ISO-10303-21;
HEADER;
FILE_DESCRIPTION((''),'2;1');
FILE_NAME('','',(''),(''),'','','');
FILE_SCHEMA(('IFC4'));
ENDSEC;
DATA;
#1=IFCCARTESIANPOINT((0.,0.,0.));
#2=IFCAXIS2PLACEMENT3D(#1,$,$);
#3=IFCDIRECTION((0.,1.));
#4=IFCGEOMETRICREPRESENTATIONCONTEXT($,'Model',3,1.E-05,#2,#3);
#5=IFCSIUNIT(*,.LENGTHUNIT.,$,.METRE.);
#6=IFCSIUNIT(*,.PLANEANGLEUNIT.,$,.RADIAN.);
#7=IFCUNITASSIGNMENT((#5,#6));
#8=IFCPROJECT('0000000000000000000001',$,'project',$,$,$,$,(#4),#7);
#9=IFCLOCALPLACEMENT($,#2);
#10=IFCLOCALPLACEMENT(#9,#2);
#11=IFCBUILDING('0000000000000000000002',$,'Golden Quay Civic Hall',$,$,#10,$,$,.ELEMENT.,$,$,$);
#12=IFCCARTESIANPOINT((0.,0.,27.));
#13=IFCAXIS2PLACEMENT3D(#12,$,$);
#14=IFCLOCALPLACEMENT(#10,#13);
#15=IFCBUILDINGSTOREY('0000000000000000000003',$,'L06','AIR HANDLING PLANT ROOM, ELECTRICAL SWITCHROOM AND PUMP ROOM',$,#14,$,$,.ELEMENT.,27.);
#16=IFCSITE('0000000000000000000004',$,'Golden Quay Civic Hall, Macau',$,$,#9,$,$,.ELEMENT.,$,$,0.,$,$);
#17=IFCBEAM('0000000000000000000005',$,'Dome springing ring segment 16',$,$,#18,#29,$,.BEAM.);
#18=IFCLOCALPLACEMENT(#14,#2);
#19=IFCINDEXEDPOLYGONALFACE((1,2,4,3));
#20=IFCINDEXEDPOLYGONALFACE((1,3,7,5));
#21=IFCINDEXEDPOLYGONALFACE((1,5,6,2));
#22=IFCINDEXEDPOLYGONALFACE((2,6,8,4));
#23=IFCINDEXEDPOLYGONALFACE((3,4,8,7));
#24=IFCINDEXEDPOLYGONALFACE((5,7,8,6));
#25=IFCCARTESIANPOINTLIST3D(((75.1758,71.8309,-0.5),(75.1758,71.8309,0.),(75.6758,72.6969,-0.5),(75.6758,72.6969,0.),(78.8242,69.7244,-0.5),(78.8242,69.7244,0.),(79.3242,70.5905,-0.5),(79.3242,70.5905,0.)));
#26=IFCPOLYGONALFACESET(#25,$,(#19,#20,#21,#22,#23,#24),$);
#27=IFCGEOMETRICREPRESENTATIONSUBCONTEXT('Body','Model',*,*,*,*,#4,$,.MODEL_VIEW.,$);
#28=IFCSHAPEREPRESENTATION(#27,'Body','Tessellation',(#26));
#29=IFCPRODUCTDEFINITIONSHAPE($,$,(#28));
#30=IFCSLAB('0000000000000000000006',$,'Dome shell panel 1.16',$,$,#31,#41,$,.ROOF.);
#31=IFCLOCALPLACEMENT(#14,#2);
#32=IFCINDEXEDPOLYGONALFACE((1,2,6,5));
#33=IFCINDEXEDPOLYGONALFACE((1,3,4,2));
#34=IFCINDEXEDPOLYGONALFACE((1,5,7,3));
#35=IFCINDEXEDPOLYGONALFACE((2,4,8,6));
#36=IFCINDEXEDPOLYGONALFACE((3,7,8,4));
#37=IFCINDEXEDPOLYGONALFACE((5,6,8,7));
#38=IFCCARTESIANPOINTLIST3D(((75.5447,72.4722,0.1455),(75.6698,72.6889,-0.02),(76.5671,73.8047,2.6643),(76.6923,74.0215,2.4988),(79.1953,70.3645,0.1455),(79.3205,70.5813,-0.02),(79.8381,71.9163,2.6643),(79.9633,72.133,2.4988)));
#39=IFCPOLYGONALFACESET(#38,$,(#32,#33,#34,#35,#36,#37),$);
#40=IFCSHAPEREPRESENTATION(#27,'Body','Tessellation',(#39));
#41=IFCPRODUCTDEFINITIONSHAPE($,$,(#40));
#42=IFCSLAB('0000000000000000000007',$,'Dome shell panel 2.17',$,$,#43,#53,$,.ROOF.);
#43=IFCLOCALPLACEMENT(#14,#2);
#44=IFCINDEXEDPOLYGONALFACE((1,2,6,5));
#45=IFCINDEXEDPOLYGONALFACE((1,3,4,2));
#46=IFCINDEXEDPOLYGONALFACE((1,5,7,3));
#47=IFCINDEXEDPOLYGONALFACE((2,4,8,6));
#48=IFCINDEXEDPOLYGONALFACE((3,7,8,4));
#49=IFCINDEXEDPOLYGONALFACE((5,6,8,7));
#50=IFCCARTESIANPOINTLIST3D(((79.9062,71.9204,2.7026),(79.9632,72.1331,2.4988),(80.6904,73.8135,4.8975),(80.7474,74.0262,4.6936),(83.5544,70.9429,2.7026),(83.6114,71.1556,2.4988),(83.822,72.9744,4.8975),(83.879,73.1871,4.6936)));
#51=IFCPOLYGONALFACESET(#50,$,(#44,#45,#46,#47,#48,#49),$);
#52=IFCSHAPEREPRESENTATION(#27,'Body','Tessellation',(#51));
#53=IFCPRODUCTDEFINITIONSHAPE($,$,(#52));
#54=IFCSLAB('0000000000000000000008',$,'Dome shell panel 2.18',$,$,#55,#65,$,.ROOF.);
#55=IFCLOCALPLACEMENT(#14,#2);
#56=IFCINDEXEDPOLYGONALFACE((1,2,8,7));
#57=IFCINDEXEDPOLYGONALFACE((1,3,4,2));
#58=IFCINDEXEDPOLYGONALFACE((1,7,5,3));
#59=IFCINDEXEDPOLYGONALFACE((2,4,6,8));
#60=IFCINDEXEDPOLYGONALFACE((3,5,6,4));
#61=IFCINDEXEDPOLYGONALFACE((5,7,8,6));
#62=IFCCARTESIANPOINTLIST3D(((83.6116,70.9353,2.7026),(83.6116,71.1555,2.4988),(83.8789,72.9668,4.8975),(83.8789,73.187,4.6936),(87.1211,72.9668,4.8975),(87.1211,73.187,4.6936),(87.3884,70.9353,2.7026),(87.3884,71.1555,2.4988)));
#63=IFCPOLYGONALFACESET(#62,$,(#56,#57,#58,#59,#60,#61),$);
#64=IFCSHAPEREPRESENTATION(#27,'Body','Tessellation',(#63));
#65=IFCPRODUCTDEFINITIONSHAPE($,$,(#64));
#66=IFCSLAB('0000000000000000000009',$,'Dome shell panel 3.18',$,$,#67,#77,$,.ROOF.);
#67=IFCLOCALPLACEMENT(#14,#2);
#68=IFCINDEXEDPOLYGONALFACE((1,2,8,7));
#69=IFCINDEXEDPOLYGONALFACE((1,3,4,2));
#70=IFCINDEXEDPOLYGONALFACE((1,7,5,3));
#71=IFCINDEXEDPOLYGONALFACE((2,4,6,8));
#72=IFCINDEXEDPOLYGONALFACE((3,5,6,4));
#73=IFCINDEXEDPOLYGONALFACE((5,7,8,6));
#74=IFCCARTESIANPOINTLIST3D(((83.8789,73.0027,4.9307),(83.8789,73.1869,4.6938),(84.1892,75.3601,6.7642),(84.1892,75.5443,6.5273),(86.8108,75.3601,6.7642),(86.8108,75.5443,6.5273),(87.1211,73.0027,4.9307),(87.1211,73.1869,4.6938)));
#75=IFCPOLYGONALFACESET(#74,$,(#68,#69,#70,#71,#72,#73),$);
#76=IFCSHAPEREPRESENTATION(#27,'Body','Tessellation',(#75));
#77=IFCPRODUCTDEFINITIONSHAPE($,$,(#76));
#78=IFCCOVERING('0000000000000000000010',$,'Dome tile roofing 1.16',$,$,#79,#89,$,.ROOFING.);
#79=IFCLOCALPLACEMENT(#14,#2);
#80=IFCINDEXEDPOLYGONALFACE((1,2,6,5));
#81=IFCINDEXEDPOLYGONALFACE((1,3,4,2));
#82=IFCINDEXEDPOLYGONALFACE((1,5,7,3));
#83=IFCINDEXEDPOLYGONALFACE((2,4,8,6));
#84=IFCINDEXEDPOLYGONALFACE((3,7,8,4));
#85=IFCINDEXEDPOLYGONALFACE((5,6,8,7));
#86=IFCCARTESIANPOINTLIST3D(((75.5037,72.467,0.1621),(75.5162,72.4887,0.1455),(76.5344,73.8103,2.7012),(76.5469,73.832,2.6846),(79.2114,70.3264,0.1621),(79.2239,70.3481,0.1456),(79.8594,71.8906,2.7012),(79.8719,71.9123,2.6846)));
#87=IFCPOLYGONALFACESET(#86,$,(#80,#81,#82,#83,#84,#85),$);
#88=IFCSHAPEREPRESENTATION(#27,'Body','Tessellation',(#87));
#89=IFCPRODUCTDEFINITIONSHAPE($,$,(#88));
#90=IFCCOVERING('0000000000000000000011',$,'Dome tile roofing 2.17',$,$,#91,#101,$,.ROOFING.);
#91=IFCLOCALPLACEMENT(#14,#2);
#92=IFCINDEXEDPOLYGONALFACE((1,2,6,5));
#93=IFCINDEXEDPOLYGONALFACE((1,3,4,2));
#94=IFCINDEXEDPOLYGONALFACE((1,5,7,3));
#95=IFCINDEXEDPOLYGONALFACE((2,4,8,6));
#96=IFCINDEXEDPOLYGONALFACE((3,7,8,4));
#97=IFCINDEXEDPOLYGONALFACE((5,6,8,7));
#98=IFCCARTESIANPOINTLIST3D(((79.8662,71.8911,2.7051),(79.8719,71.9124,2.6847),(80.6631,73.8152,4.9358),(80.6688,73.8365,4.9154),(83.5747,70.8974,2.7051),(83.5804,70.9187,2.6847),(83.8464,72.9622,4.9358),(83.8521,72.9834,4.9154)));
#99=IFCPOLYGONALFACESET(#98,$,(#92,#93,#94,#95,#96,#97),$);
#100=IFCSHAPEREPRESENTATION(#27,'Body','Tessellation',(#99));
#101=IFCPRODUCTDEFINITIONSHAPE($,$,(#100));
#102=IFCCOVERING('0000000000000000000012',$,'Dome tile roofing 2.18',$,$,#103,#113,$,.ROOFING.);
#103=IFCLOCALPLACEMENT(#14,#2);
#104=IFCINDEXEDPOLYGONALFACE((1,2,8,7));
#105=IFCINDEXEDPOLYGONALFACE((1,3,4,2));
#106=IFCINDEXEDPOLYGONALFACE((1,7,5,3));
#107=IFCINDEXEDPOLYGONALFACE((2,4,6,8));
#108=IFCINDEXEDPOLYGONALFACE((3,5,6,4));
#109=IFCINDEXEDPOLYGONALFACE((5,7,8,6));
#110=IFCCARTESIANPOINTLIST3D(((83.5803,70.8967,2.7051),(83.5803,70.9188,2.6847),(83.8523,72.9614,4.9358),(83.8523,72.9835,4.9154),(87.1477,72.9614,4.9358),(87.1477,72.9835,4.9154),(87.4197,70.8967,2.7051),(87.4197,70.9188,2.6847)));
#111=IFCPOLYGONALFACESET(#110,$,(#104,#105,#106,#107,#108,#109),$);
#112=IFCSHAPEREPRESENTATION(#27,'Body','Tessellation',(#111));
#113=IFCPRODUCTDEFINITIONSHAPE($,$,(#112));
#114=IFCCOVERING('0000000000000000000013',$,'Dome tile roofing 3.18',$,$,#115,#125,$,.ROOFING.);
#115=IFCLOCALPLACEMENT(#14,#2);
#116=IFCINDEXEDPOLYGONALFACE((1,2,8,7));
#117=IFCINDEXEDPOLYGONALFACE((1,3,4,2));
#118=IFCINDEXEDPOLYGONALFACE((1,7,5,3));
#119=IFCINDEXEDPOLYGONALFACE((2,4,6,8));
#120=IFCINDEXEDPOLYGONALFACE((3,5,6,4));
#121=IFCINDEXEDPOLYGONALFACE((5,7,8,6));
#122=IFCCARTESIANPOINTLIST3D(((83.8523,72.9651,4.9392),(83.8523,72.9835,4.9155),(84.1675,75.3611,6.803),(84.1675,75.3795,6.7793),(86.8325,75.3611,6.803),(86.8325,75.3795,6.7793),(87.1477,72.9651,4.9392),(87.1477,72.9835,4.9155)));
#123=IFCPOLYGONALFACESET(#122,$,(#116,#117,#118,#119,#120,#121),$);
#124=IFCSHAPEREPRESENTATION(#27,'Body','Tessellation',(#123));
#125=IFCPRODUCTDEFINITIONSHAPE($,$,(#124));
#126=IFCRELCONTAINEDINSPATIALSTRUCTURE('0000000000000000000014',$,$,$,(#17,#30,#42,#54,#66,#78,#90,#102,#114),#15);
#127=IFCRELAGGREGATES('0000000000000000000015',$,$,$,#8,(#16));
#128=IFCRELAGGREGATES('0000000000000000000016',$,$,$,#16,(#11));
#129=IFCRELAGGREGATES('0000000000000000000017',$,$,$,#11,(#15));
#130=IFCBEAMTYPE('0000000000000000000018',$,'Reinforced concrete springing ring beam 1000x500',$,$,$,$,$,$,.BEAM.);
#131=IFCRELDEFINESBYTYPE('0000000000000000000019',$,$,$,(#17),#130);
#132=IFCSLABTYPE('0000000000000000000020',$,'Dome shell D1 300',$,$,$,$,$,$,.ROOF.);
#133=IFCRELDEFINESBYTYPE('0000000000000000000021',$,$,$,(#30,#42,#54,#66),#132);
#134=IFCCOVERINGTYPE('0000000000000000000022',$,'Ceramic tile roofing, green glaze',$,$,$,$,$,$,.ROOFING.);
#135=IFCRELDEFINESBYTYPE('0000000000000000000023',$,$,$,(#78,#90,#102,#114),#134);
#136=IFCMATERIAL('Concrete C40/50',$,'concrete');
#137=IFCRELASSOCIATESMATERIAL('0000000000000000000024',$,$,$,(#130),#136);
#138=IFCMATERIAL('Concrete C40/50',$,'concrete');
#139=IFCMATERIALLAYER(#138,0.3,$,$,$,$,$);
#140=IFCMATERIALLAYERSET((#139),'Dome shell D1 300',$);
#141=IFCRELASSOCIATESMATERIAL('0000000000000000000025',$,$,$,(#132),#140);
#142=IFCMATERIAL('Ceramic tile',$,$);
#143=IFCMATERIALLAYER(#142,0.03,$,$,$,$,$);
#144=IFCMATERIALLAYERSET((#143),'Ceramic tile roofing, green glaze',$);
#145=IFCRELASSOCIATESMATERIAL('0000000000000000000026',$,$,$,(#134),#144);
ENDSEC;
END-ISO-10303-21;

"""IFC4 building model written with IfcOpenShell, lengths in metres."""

from ifc_helpers import new_model, si_unit, direction, frame, origin, origin_2d, place, context, subcontext, project, spatial, polyline, rectangle, outline, extrude, material, layer, layer_set, material_profile, profile_set, type_object, element, save


model = new_model("IFC4")

# Units and contexts
model_context = context("Model", 3, precision=1e-05, world=origin(), true_north=direction((0.0, 1.0)))
body_context = subcontext(model_context, "Body", "Model", "MODEL_VIEW")
ifc_project = project(units=[si_unit("LENGTHUNIT", "METRE"), si_unit("PLANEANGLEUNIT", "RADIAN")], contexts=[model_context])

# Site, building, storey
site_placement = place(None, origin())
site = spatial("IfcSite", under=ifc_project, at=site_placement, Name="Golden Quay Civic Hall, Macau", CompositionType="ELEMENT", RefElevation=0.0)
building_placement = place(site_placement, origin())
building = spatial("IfcBuilding", under=site, at=building_placement, Name="Golden Quay Civic Hall", CompositionType="ELEMENT")
storey_placement = place(building_placement, frame((0.0, 0.0, 27.0)))
storey = spatial("IfcBuildingStorey", under=building, at=storey_placement, Name="L06", Description="AIR HANDLING PLANT ROOM, ELECTRICAL SWITCHROOM AND PUMP ROOM", CompositionType="ELEMENT", Elevation=27.0)

# Beam
ifc_material_1 = material(Name="Concrete C40/50", Category="concrete")
ifc_material_profile_1 = material_profile(ifc_material_1, rectangle(XDim=1.0, YDim=0.5, at=origin_2d()), Name="RC 1000x500")
ifc_profile_set_1 = profile_set([ifc_material_profile_1], Name="Concrete C40/50")
beam_type_1 = type_object("IfcBeamType", Name="Reinforced concrete springing ring beam 1000x500", PredefinedType="BEAM", material=ifc_profile_set_1)
beam_1_placement = place(storey_placement, frame((75.4258, 72.2639, -0.25), z_axis=(0.866023, -0.500003, 0.0), x_axis=(0.500003, 0.866023, 0.0)))
element("IfcBeam", 1, at=beam_1_placement, inside=storey, type_object=beam_type_1, Name="Dome springing ring segment 16", PredefinedType="BEAM", context=body_context, shape_type="SweptSolid", body=[
    extrude(rectangle(XDim=1.0, YDim=0.5, at=origin_2d()), origin(), (0.0, 0.0, 1.0), 4.2129),
])

# Slabs
ifc_material_2 = material(Name="Concrete C40/50", Category="concrete")
ifc_layer_1 = layer(ifc_material_2, 0.3)
ifc_layer_set_1 = layer_set([ifc_layer_1], Name="Dome shell D1 300")
slab_type = type_object("IfcSlabType", Name="Dome shell D1 300", PredefinedType="ROOF", material=ifc_layer_set_1)
slab_1_placement = place(storey_placement, frame((75.5447, 72.4722, 0.1455), z_axis=(-0.417079, -0.722423, 0.551498), x_axis=(0.866031, -0.499991, -0.000003)))
element("IfcSlab", 2, at=slab_1_placement, inside=storey, type_object=slab_type, Name="Dome shell panel 1.16", PredefinedType="ROOF", context=body_context, shape_type="SweptSolid", body=[
    extrude(outline(polyline([(0.0, 0.0), (4.2154, 0.0), (3.9962, 3.0195), (0.2192, 3.0195), (0.0, 0.0)])), origin(), (0.0, 0.0, -1.0), 0.3),
])
slab_2_placement = place(storey_placement, frame((79.9062, 71.9204, 2.7026), z_axis=(-0.189944, -0.708874, 0.679278), x_axis=(0.965925, -0.258821, 0.0)))
element("IfcSlab", 3, at=slab_2_placement, inside=storey, type_object=slab_type, Name="Dome shell panel 2.17", PredefinedType="ROOF", context=body_context, shape_type="SweptSolid", body=[
    extrude(outline(polyline([(0.0, 0.0), (3.7769, 0.0), (3.5096, 2.9907), (0.2675, 2.9907), (0.0, 0.0)])), origin(), (0.0, 0.0, -1.0), 0.3),
])
slab_3_placement = place(storey_placement, frame((83.6116, 70.9353, 2.7026), z_axis=(0.0, -0.733886, 0.679273), x_axis=(1.0, 0.0, 0.0)))
element("IfcSlab", 4, at=slab_3_placement, inside=storey, type_object=slab_type, Name="Dome shell panel 2.18", PredefinedType="ROOF", context=body_context, shape_type="SweptSolid", body=[
    extrude(outline(polyline([(0.0, 0.0), (3.7769, 0.0), (3.5095, 2.9907), (0.2673, 2.9907), (0.0, 0.0)])), origin(), (0.0, 0.0, -1.0), 0.3),
])
slab_4_placement = place(storey_placement, frame((83.8789, 73.0027, 4.9307), z_axis=(0.0, -0.613929, 0.789361), x_axis=(1.0, 0.0, 0.0)))
element("IfcSlab", 5, at=slab_4_placement, inside=storey, type_object=slab_type, Name="Dome shell panel 3.18", PredefinedType="ROOF", context=body_context, shape_type="SweptSolid", body=[
    extrude(outline(polyline([(0.0, 0.0), (3.2422, 0.0), (2.9319, 2.9865), (0.3103, 2.9865), (0.0, 0.0)])), origin(), (0.0, 0.0, -1.0), 0.3),
])

# Coverings
ifc_material_3 = material(Name="Ceramic tile")
ifc_layer_2 = layer(ifc_material_3, 0.03)
ifc_layer_set_2 = layer_set([ifc_layer_2], Name="Ceramic tile roofing, green glaze")
covering_type = type_object("IfcCoveringType", Name="Ceramic tile roofing, green glaze", PredefinedType="ROOFING", material=ifc_layer_set_2)
covering_1_placement = place(storey_placement, frame((75.5037, 72.467, 0.1621), z_axis=(-0.417085, -0.722419, 0.551498), x_axis=(0.866028, -0.499995, 0.000003)))
element("IfcCovering", 6, at=covering_1_placement, inside=storey, type_object=covering_type, Name="Dome tile roofing 1.16", PredefinedType="ROOFING", context=body_context, shape_type="SweptSolid", body=[
    extrude(outline(polyline([(0.0, 0.0), (4.2813, 0.0), (4.0604, 3.0438), (0.2211, 3.0438), (0.0, 0.0)])), origin(), (0.0, 0.0, -1.0), 0.03),
])
covering_2_placement = place(storey_placement, frame((79.8662, 71.8911, 2.7051), z_axis=(-0.189945, -0.708878, 0.679273), x_axis=(0.965927, -0.258816, 0.000006)))
element("IfcCovering", 7, at=covering_2_placement, inside=storey, type_object=covering_type, Name="Dome tile roofing 2.17", PredefinedType="ROOFING", context=body_context, shape_type="SweptSolid", body=[
    extrude(outline(polyline([(0.0, 0.0), (3.8393, 0.0), (3.5674, 3.0396), (0.2718, 3.0396), (0.0, 0.0)])), origin(), (0.0, 0.0, -1.0), 0.03),
])
covering_3_placement = place(storey_placement, frame((83.5803, 70.8967, 2.7051), z_axis=(0.0, -0.733888, 0.67927), x_axis=(1.0, 0.0, 0.0)))
element("IfcCovering", 8, at=covering_3_placement, inside=storey, type_object=covering_type, Name="Dome tile roofing 2.18", PredefinedType="ROOFING", context=body_context, shape_type="SweptSolid", body=[
    extrude(outline(polyline([(0.0, 0.0), (3.8394, 0.0), (3.5674, 3.0396), (0.272, 3.0396), (0.0, 0.0)])), origin(), (0.0, 0.0, -1.0), 0.03),
])
covering_4_placement = place(storey_placement, frame((83.8523, 72.9651, 4.9392), z_axis=(0.0, -0.613985, 0.789318), x_axis=(1.0, 0.0, 0.0)))
element("IfcCovering", 9, at=covering_4_placement, inside=storey, type_object=covering_type, Name="Dome tile roofing 3.18", PredefinedType="ROOFING", context=body_context, shape_type="SweptSolid", body=[
    extrude(outline(polyline([(0.0, 0.0), (3.2954, 0.0), (2.9802, 3.0355), (0.3152, 3.0355), (0.0, 0.0)])), origin(), (0.0, 0.0, -1.0), 0.03),
])

save(model, "model.ifc")
